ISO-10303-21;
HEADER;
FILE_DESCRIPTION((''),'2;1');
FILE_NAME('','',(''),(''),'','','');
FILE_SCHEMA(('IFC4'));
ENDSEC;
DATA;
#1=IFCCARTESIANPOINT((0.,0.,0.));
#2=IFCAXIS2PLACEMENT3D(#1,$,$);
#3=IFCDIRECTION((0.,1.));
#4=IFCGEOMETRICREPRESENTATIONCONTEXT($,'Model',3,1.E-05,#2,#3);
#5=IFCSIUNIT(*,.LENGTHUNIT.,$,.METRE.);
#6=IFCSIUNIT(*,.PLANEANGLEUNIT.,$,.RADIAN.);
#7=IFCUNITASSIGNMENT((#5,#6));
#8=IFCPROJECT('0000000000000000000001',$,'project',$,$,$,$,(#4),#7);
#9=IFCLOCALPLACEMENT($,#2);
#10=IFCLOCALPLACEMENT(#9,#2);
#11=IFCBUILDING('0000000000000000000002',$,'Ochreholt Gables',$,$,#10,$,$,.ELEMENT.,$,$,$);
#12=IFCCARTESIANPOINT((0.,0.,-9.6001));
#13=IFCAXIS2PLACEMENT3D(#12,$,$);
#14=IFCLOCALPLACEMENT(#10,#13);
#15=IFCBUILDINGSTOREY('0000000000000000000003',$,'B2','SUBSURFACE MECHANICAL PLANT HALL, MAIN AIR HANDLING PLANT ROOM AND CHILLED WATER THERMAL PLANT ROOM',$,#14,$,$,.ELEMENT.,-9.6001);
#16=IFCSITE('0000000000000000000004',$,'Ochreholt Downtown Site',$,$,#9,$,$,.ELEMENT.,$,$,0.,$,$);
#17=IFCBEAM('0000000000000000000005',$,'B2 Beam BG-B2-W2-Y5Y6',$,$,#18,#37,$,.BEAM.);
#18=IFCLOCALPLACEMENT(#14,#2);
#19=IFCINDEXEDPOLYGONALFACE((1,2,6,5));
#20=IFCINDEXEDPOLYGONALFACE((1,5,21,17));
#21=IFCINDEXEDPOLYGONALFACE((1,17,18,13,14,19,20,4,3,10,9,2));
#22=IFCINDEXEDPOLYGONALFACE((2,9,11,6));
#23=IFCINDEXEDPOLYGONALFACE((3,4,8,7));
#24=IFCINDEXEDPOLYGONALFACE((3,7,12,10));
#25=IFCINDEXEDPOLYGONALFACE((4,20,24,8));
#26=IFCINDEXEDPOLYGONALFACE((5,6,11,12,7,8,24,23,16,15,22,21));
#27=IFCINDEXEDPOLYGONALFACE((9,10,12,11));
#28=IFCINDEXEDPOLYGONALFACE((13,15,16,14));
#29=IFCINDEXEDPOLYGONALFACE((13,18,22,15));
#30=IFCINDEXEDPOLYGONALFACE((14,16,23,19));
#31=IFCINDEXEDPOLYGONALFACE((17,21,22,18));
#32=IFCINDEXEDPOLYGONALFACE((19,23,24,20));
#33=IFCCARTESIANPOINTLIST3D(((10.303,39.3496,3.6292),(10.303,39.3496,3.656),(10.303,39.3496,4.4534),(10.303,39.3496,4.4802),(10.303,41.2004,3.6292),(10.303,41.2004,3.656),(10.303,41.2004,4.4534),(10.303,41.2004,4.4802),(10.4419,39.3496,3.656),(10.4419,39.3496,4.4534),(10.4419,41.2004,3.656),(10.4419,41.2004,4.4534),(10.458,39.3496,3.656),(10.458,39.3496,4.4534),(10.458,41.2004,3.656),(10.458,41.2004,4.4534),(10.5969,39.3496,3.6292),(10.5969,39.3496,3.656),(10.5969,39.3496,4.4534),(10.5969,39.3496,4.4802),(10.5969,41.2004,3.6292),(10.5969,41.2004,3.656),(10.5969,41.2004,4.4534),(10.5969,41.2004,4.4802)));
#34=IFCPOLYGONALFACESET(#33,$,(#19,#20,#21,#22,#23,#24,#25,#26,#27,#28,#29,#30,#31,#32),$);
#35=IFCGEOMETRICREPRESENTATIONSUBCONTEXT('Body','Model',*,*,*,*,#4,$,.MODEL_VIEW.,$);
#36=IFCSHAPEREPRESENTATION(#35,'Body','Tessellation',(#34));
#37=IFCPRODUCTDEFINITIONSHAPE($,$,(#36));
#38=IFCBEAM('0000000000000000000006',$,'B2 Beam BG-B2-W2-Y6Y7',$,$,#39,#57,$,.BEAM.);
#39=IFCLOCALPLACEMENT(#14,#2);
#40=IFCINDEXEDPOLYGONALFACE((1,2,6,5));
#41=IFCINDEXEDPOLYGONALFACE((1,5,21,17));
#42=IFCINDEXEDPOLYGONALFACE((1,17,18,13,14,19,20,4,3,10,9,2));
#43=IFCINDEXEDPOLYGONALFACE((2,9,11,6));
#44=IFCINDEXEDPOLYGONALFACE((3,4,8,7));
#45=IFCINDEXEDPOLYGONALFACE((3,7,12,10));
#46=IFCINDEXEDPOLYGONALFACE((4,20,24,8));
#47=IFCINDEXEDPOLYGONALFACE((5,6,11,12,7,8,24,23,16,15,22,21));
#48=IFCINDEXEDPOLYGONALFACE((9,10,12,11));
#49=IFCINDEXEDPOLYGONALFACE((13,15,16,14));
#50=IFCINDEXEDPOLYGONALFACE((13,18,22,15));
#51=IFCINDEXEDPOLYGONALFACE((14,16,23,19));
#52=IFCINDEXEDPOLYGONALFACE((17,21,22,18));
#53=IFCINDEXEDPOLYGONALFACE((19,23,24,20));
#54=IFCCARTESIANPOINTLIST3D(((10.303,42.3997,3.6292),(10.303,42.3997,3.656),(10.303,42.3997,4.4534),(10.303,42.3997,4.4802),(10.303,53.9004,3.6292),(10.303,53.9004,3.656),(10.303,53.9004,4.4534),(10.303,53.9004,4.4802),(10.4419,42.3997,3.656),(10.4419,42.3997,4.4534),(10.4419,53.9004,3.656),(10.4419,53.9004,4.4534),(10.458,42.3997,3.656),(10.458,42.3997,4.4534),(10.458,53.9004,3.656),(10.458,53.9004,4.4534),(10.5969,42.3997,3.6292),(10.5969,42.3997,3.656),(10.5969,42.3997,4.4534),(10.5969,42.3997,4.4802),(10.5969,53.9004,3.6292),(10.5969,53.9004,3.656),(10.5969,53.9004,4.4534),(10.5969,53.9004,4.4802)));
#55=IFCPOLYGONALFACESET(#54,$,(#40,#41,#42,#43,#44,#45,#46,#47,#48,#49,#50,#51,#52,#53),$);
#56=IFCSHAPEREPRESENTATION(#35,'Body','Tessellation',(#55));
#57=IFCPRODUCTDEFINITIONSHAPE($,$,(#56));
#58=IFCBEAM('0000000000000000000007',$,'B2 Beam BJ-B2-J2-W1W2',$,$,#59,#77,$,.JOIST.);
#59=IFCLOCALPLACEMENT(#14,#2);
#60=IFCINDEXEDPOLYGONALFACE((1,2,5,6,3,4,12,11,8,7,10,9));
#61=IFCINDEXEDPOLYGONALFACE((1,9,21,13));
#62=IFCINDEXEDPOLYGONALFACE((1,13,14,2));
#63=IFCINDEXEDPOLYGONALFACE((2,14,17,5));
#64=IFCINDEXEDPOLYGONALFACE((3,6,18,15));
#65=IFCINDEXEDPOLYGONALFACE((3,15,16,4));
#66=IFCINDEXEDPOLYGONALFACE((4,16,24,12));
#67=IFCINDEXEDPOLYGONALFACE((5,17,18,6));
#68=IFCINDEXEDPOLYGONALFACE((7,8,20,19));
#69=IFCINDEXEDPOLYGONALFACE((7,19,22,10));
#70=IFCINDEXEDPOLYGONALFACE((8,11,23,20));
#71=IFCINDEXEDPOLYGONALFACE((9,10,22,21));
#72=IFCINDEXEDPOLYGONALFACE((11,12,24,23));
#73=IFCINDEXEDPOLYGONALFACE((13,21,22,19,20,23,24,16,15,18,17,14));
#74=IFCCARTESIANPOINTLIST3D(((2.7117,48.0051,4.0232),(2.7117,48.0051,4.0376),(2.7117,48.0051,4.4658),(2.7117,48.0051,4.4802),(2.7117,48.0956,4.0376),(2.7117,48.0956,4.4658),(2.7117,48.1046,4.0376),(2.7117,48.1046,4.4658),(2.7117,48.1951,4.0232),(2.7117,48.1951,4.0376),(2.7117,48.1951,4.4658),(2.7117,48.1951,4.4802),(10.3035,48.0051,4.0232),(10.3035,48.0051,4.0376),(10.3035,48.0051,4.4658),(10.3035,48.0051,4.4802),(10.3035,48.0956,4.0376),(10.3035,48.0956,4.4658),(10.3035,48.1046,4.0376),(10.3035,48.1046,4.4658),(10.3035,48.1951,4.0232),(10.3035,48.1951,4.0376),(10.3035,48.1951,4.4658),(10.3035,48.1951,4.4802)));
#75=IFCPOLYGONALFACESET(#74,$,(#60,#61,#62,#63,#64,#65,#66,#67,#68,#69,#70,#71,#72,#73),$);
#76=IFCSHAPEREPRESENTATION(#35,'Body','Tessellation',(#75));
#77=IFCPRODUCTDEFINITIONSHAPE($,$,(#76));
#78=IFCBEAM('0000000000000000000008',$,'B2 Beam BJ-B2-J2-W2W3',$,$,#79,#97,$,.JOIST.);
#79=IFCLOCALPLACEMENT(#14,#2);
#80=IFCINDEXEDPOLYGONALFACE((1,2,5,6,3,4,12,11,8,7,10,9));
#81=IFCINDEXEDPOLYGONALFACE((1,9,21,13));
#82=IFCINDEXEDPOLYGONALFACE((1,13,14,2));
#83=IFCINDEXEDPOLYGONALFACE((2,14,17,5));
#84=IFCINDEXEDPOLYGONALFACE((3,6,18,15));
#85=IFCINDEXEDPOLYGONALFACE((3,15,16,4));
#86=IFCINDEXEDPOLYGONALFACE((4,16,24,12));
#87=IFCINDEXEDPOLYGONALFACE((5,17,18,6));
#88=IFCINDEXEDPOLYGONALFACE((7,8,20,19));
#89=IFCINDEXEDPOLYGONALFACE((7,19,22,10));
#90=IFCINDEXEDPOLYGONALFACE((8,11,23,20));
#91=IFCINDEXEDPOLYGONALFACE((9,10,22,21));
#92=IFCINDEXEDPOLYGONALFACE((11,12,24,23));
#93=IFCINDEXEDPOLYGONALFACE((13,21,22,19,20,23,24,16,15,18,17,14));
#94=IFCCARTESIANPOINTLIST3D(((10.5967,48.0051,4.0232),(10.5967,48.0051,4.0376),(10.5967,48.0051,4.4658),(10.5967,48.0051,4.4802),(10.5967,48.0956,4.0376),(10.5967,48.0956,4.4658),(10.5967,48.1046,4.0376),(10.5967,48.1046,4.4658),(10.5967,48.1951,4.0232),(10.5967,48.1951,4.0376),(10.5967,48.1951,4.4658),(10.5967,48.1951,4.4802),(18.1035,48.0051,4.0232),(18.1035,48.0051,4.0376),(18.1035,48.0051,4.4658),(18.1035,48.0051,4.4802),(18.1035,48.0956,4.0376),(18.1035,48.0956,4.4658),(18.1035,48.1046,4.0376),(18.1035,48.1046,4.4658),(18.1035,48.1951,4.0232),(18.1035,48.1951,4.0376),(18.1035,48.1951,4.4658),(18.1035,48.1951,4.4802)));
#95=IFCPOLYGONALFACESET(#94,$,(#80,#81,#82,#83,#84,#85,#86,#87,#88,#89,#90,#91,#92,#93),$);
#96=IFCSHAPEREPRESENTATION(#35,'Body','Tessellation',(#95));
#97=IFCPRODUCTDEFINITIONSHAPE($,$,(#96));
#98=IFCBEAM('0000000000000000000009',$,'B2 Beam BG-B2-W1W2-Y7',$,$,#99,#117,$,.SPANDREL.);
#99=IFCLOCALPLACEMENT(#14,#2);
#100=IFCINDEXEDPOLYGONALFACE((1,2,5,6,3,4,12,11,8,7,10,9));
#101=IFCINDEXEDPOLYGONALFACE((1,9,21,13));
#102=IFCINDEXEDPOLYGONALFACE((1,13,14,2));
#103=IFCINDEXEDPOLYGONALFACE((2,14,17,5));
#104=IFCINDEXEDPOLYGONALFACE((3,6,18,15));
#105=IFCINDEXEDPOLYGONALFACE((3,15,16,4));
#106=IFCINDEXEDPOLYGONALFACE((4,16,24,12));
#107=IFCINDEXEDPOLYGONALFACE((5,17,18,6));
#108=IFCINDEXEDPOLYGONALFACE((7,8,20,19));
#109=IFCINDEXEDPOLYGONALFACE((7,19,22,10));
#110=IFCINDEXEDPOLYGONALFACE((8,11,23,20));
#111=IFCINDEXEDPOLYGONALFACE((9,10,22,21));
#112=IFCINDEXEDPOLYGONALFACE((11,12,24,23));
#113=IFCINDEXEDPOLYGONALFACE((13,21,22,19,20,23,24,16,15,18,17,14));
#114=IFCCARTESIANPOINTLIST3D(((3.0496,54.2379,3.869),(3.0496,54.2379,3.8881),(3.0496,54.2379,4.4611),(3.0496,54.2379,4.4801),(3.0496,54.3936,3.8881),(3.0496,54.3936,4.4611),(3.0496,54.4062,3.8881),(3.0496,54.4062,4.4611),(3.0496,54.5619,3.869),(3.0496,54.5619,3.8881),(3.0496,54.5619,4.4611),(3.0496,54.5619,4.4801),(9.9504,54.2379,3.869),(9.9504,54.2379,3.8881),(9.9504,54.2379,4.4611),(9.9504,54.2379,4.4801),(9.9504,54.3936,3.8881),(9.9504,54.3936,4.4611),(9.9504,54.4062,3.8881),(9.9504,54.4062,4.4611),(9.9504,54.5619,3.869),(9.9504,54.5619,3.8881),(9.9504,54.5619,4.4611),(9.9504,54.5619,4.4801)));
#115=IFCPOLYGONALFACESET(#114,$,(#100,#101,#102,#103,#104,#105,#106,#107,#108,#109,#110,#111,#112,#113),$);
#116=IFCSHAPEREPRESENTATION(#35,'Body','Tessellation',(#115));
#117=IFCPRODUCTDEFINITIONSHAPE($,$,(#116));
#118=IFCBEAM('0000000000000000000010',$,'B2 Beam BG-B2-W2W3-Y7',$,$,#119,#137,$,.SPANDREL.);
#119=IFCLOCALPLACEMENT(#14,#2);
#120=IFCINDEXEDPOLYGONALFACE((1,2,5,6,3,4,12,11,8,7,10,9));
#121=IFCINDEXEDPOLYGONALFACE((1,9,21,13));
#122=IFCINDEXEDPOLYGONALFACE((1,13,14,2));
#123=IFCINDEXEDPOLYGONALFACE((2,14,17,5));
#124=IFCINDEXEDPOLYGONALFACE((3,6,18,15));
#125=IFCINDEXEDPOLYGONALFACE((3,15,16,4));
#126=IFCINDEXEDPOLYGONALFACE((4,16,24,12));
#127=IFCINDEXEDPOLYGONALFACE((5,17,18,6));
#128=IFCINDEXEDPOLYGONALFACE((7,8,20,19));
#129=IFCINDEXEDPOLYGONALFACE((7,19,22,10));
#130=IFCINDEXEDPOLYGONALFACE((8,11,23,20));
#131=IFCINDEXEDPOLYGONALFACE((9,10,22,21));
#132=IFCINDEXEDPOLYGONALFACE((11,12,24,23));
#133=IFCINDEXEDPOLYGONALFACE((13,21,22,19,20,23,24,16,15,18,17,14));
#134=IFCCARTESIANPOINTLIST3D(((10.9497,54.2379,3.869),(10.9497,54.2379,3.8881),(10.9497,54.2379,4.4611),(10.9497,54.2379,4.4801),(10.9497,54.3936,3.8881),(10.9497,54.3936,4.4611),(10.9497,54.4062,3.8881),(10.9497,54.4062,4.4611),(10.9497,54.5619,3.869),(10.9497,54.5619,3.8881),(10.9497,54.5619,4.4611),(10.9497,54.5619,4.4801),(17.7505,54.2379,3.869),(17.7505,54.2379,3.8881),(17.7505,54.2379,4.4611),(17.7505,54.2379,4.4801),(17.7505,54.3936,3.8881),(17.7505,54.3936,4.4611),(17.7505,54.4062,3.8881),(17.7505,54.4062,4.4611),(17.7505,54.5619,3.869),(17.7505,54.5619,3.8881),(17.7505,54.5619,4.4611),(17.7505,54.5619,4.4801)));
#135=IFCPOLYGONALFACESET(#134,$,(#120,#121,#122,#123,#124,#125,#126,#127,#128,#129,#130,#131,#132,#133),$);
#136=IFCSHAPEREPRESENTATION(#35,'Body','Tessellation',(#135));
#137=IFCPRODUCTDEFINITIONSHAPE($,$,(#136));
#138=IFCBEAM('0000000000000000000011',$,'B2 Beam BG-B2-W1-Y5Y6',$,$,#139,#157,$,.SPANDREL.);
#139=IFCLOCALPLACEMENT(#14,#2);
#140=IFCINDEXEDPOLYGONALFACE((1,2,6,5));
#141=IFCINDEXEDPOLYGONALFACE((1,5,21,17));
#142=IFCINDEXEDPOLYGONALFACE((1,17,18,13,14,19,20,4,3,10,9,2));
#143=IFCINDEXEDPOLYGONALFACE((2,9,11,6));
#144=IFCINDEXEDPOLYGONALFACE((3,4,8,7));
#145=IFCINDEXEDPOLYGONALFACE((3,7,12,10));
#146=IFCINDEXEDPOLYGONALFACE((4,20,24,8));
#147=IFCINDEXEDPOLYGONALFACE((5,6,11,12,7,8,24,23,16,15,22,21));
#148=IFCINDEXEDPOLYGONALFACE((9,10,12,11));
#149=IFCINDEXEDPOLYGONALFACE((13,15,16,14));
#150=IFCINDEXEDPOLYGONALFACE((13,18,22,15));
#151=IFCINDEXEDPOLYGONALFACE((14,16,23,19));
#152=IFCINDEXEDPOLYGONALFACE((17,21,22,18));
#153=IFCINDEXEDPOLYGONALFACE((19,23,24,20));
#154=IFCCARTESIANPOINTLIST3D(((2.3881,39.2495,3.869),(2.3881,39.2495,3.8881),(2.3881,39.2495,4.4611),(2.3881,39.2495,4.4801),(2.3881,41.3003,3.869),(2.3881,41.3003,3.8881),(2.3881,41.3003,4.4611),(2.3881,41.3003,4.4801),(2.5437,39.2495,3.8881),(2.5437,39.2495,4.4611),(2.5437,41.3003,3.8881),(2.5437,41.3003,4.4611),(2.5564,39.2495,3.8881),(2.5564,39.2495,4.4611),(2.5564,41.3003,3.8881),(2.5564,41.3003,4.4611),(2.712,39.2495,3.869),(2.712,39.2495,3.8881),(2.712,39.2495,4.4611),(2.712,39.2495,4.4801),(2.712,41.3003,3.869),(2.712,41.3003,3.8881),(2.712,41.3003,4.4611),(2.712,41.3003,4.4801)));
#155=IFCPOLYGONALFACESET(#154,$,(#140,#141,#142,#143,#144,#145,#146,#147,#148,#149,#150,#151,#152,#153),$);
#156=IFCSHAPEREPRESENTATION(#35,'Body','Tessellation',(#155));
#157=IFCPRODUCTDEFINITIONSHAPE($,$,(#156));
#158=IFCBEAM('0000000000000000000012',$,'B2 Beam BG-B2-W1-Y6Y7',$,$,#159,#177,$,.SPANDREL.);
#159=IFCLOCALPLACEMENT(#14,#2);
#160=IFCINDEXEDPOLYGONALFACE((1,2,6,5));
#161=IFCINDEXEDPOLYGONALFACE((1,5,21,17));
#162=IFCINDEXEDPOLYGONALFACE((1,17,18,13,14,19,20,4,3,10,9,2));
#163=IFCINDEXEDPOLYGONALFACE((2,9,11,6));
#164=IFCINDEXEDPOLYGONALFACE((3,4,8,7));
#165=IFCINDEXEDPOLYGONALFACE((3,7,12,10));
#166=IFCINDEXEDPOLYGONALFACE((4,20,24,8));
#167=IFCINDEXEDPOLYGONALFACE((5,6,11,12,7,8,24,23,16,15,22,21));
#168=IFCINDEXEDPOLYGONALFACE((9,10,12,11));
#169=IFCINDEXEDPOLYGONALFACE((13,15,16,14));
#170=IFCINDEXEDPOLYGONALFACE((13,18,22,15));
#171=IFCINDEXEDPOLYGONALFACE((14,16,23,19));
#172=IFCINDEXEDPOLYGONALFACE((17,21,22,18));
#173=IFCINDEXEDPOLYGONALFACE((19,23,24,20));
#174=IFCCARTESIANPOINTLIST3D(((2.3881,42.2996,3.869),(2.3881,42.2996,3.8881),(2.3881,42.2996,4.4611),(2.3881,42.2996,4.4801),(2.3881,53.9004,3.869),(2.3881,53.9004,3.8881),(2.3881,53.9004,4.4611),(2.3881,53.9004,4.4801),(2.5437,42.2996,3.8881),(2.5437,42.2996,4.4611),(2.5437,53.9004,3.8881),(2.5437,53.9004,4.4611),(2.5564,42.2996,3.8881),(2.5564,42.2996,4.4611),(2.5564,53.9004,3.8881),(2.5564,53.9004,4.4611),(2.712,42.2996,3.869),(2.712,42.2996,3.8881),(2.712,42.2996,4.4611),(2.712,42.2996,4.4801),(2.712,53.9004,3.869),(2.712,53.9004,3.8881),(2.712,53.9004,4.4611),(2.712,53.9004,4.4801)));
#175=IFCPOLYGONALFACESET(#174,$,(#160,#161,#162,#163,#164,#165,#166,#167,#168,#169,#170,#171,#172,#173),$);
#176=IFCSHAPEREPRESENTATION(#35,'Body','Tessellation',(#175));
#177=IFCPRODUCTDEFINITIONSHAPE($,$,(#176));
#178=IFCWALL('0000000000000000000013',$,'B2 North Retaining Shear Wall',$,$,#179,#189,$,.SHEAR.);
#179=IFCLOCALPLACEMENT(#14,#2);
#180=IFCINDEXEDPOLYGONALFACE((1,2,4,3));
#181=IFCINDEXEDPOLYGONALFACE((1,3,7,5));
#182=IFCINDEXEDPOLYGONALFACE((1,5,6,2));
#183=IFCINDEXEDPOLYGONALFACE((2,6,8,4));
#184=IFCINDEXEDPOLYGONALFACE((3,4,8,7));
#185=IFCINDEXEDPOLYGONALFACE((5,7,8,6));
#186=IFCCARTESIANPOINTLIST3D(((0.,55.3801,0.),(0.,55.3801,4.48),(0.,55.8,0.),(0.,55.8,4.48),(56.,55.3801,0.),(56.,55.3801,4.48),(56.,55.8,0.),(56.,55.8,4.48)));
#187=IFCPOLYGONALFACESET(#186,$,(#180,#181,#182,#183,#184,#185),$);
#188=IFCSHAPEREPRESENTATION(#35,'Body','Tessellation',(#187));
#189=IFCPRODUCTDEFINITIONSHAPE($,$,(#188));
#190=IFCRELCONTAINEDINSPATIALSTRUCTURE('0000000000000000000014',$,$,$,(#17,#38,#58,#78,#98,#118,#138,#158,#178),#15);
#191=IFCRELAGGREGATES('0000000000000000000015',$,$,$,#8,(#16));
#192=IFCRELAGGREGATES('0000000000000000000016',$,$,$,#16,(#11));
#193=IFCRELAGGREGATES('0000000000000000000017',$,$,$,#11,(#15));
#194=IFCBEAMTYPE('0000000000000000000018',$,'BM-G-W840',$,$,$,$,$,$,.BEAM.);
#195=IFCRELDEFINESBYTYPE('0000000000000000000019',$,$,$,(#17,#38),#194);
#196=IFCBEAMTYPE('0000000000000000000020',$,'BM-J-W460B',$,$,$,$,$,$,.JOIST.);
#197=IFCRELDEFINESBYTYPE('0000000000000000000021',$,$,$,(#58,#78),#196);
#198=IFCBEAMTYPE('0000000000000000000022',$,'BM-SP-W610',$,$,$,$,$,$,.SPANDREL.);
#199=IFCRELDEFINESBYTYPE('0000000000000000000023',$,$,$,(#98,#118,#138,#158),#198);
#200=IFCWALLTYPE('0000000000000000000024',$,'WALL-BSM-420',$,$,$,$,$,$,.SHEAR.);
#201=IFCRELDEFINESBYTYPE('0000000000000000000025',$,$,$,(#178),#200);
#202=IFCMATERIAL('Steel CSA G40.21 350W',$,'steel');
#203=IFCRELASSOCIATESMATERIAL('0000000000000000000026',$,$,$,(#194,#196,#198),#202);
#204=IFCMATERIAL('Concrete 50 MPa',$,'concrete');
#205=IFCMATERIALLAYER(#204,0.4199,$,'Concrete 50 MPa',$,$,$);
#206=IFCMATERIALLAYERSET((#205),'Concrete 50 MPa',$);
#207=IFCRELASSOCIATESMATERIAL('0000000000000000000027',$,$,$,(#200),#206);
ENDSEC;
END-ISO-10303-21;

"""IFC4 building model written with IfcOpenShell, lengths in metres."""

from ifc_helpers import new_model, si_unit, direction, frame, frame_2d, origin, origin_2d, place, context, subcontext, project, spatial, rectangle, i_section, extrude, material, layer, layer_set, material_profile, profile_set, type_object, element, save


model = new_model("IFC4")

# Units and contexts
model_context = context("Model", 3, precision=1e-05, world=origin(), true_north=direction((0.0, 1.0)))
body_context = subcontext(model_context, "Body", "Model", "MODEL_VIEW")
ifc_project = project(units=[si_unit("LENGTHUNIT", "METRE"), si_unit("PLANEANGLEUNIT", "RADIAN")], contexts=[model_context])

# Site, building, storey
site_placement = place(None, origin())
site = spatial("IfcSite", under=ifc_project, at=site_placement, Name="Ochreholt Downtown Site", CompositionType="ELEMENT", RefElevation=0.0)
building_placement = place(site_placement, origin())
building = spatial("IfcBuilding", under=site, at=building_placement, Name="Ochreholt Gables", CompositionType="ELEMENT")
storey_placement = place(building_placement, frame((0.0, 0.0, -9.6001)))
storey = spatial("IfcBuildingStorey", under=building, at=storey_placement, Name="B2", Description="SUBSURFACE MECHANICAL PLANT HALL, MAIN AIR HANDLING PLANT ROOM AND CHILLED WATER THERMAL PLANT ROOM", CompositionType="ELEMENT", Elevation=-9.6001)

# Shared definitions
ifc_material_1 = material(Name="Concrete 50 MPa", Category="concrete")

# Beams
ifc_material_2 = material(Name="Steel CSA G40.21 350W", Category="steel")
ifc_material_profile_1 = material_profile(ifc_material_2, i_section(OverallWidth=0.2939, OverallDepth=0.8511, WebThickness=0.0161, FlangeThickness=0.0269, at=origin_2d()), Name="W840X226")
ifc_profile_set_1 = profile_set([ifc_material_profile_1], Name="Steel CSA G40.21 350W")
beam_type_1 = type_object("IfcBeamType", Name="BM-G-W840", PredefinedType="BEAM", material=ifc_profile_set_1)
beam_1_placement = place(storey_placement, frame((10.45, 39.3496, 4.0547), z_axis=(0.0, 1.0, 0.0), x_axis=(-1.0, 0.0, 0.0)))
element("IfcBeam", 1, at=beam_1_placement, inside=storey, type_object=beam_type_1, Name="B2 Beam BG-B2-W2-Y5Y6", PredefinedType="BEAM", context=body_context, shape_type="SweptSolid", body=[
    extrude(i_section(OverallWidth=0.2939, OverallDepth=0.8511, WebThickness=0.0161, FlangeThickness=0.0269, at=origin_2d()), origin(), (0.0, 0.0, 1.0), 1.8508),
])
beam_2_placement = place(storey_placement, frame((10.45, 42.3997, 4.0547), z_axis=(0.0, 1.0, 0.0), x_axis=(-1.0, 0.0, 0.0)))
element("IfcBeam", 2, at=beam_2_placement, inside=storey, type_object=beam_type_1, Name="B2 Beam BG-B2-W2-Y6Y7", PredefinedType="BEAM", context=body_context, shape_type="SweptSolid", body=[
    extrude(i_section(OverallWidth=0.2939, OverallDepth=0.8511, WebThickness=0.0161, FlangeThickness=0.0269, at=origin_2d()), origin(), (0.0, 0.0, 1.0), 11.5007),
])
ifc_material_profile_2 = material_profile(ifc_material_2, i_section(OverallWidth=0.1899, OverallDepth=0.457, WebThickness=0.009, FlangeThickness=0.0144, at=origin_2d()), Name="W460X74")
ifc_profile_set_2 = profile_set([ifc_material_profile_2], Name="Steel CSA G40.21 350W")
beam_type_2 = type_object("IfcBeamType", Name="BM-J-W460B", PredefinedType="JOIST", material=ifc_profile_set_2)
beam_3_placement = place(storey_placement, frame((2.7117, 48.1001, 4.2517), z_axis=(1.0, 0.0, 0.0), x_axis=(0.0, 1.0, 0.0)))
element("IfcBeam", 3, at=beam_3_placement, inside=storey, type_object=beam_type_2, Name="B2 Beam BJ-B2-J2-W1W2", PredefinedType="JOIST", context=body_context, shape_type="SweptSolid", body=[
    extrude(i_section(OverallWidth=0.1899, OverallDepth=0.457, WebThickness=0.009, FlangeThickness=0.0144, at=origin_2d()), origin(), (0.0, 0.0, 1.0), 7.5918),
])
beam_4_placement = place(storey_placement, frame((10.5967, 48.1001, 4.2517), z_axis=(1.0, 0.0, 0.0), x_axis=(0.0, 1.0, 0.0)))
element("IfcBeam", 4, at=beam_4_placement, inside=storey, type_object=beam_type_2, Name="B2 Beam BJ-B2-J2-W2W3", PredefinedType="JOIST", context=body_context, shape_type="SweptSolid", body=[
    extrude(i_section(OverallWidth=0.1899, OverallDepth=0.457, WebThickness=0.009, FlangeThickness=0.0144, at=origin_2d()), origin(), (0.0, 0.0, 1.0), 7.5068),
])
ifc_material_profile_3 = material_profile(ifc_material_2, i_section(OverallWidth=0.324, OverallDepth=0.6111, WebThickness=0.0127, FlangeThickness=0.019, at=origin_2d()), Name="W610X155")
ifc_profile_set_3 = profile_set([ifc_material_profile_3], Name="Steel CSA G40.21 350W")
beam_type_3 = type_object("IfcBeamType", Name="BM-SP-W610", PredefinedType="SPANDREL", material=ifc_profile_set_3)
beam_5_placement = place(storey_placement, frame((3.0496, 54.3999, 4.1746), z_axis=(1.0, 0.0, 0.0), x_axis=(0.0, 1.0, 0.0)))
element("IfcBeam", 5, at=beam_5_placement, inside=storey, type_object=beam_type_3, Name="B2 Beam BG-B2-W1W2-Y7", PredefinedType="SPANDREL", context=body_context, shape_type="SweptSolid", body=[
    extrude(i_section(OverallWidth=0.324, OverallDepth=0.6111, WebThickness=0.0127, FlangeThickness=0.019, at=origin_2d()), origin(), (0.0, 0.0, 1.0), 6.9009),
])
beam_6_placement = place(storey_placement, frame((10.9497, 54.3999, 4.1746), z_axis=(1.0, 0.0, 0.0), x_axis=(0.0, 1.0, 0.0)))
element("IfcBeam", 6, at=beam_6_placement, inside=storey, type_object=beam_type_3, Name="B2 Beam BG-B2-W2W3-Y7", PredefinedType="SPANDREL", context=body_context, shape_type="SweptSolid", body=[
    extrude(i_section(OverallWidth=0.324, OverallDepth=0.6111, WebThickness=0.0127, FlangeThickness=0.019, at=origin_2d()), origin(), (0.0, 0.0, 1.0), 6.8008),
])
beam_7_placement = place(storey_placement, frame((2.55, 39.2495, 4.1746), z_axis=(0.0, 1.0, 0.0), x_axis=(-1.0, 0.0, 0.0)))
element("IfcBeam", 7, at=beam_7_placement, inside=storey, type_object=beam_type_3, Name="B2 Beam BG-B2-W1-Y5Y6", PredefinedType="SPANDREL", context=body_context, shape_type="SweptSolid", body=[
    extrude(i_section(OverallWidth=0.324, OverallDepth=0.6111, WebThickness=0.0127, FlangeThickness=0.019, at=origin_2d()), origin(), (0.0, 0.0, 1.0), 2.0508),
])
beam_8_placement = place(storey_placement, frame((2.55, 42.2996, 4.1746), z_axis=(0.0, 1.0, 0.0), x_axis=(-1.0, 0.0, 0.0)))
element("IfcBeam", 8, at=beam_8_placement, inside=storey, type_object=beam_type_3, Name="B2 Beam BG-B2-W1-Y6Y7", PredefinedType="SPANDREL", context=body_context, shape_type="SweptSolid", body=[
    extrude(i_section(OverallWidth=0.324, OverallDepth=0.6111, WebThickness=0.0127, FlangeThickness=0.019, at=origin_2d()), origin(), (0.0, 0.0, 1.0), 11.6008),
])

# Wall
ifc_layer = layer(ifc_material_1, 0.4199, Name="Concrete 50 MPa")
ifc_layer_set = layer_set([ifc_layer], Name="Concrete 50 MPa")
wall_type = type_object("IfcWallType", Name="WALL-BSM-420", PredefinedType="SHEAR", material=ifc_layer_set)
wall_placement = place(storey_placement, frame((0.0, 55.5901, 0.0), z_axis=(0.0, 0.0, 1.0), x_axis=(1.0, 0.0, 0.0)))
element("IfcWall", 9, at=wall_placement, inside=storey, type_object=wall_type, Name="B2 North Retaining Shear Wall", PredefinedType="SHEAR", context=body_context, shape_type="SweptSolid", body=[
    extrude(rectangle(XDim=56.0, YDim=0.4199, at=frame_2d((28.0, 0.0))), origin(), (0.0, 0.0, 1.0), 4.48),
])

save(model, "model.ifc")
